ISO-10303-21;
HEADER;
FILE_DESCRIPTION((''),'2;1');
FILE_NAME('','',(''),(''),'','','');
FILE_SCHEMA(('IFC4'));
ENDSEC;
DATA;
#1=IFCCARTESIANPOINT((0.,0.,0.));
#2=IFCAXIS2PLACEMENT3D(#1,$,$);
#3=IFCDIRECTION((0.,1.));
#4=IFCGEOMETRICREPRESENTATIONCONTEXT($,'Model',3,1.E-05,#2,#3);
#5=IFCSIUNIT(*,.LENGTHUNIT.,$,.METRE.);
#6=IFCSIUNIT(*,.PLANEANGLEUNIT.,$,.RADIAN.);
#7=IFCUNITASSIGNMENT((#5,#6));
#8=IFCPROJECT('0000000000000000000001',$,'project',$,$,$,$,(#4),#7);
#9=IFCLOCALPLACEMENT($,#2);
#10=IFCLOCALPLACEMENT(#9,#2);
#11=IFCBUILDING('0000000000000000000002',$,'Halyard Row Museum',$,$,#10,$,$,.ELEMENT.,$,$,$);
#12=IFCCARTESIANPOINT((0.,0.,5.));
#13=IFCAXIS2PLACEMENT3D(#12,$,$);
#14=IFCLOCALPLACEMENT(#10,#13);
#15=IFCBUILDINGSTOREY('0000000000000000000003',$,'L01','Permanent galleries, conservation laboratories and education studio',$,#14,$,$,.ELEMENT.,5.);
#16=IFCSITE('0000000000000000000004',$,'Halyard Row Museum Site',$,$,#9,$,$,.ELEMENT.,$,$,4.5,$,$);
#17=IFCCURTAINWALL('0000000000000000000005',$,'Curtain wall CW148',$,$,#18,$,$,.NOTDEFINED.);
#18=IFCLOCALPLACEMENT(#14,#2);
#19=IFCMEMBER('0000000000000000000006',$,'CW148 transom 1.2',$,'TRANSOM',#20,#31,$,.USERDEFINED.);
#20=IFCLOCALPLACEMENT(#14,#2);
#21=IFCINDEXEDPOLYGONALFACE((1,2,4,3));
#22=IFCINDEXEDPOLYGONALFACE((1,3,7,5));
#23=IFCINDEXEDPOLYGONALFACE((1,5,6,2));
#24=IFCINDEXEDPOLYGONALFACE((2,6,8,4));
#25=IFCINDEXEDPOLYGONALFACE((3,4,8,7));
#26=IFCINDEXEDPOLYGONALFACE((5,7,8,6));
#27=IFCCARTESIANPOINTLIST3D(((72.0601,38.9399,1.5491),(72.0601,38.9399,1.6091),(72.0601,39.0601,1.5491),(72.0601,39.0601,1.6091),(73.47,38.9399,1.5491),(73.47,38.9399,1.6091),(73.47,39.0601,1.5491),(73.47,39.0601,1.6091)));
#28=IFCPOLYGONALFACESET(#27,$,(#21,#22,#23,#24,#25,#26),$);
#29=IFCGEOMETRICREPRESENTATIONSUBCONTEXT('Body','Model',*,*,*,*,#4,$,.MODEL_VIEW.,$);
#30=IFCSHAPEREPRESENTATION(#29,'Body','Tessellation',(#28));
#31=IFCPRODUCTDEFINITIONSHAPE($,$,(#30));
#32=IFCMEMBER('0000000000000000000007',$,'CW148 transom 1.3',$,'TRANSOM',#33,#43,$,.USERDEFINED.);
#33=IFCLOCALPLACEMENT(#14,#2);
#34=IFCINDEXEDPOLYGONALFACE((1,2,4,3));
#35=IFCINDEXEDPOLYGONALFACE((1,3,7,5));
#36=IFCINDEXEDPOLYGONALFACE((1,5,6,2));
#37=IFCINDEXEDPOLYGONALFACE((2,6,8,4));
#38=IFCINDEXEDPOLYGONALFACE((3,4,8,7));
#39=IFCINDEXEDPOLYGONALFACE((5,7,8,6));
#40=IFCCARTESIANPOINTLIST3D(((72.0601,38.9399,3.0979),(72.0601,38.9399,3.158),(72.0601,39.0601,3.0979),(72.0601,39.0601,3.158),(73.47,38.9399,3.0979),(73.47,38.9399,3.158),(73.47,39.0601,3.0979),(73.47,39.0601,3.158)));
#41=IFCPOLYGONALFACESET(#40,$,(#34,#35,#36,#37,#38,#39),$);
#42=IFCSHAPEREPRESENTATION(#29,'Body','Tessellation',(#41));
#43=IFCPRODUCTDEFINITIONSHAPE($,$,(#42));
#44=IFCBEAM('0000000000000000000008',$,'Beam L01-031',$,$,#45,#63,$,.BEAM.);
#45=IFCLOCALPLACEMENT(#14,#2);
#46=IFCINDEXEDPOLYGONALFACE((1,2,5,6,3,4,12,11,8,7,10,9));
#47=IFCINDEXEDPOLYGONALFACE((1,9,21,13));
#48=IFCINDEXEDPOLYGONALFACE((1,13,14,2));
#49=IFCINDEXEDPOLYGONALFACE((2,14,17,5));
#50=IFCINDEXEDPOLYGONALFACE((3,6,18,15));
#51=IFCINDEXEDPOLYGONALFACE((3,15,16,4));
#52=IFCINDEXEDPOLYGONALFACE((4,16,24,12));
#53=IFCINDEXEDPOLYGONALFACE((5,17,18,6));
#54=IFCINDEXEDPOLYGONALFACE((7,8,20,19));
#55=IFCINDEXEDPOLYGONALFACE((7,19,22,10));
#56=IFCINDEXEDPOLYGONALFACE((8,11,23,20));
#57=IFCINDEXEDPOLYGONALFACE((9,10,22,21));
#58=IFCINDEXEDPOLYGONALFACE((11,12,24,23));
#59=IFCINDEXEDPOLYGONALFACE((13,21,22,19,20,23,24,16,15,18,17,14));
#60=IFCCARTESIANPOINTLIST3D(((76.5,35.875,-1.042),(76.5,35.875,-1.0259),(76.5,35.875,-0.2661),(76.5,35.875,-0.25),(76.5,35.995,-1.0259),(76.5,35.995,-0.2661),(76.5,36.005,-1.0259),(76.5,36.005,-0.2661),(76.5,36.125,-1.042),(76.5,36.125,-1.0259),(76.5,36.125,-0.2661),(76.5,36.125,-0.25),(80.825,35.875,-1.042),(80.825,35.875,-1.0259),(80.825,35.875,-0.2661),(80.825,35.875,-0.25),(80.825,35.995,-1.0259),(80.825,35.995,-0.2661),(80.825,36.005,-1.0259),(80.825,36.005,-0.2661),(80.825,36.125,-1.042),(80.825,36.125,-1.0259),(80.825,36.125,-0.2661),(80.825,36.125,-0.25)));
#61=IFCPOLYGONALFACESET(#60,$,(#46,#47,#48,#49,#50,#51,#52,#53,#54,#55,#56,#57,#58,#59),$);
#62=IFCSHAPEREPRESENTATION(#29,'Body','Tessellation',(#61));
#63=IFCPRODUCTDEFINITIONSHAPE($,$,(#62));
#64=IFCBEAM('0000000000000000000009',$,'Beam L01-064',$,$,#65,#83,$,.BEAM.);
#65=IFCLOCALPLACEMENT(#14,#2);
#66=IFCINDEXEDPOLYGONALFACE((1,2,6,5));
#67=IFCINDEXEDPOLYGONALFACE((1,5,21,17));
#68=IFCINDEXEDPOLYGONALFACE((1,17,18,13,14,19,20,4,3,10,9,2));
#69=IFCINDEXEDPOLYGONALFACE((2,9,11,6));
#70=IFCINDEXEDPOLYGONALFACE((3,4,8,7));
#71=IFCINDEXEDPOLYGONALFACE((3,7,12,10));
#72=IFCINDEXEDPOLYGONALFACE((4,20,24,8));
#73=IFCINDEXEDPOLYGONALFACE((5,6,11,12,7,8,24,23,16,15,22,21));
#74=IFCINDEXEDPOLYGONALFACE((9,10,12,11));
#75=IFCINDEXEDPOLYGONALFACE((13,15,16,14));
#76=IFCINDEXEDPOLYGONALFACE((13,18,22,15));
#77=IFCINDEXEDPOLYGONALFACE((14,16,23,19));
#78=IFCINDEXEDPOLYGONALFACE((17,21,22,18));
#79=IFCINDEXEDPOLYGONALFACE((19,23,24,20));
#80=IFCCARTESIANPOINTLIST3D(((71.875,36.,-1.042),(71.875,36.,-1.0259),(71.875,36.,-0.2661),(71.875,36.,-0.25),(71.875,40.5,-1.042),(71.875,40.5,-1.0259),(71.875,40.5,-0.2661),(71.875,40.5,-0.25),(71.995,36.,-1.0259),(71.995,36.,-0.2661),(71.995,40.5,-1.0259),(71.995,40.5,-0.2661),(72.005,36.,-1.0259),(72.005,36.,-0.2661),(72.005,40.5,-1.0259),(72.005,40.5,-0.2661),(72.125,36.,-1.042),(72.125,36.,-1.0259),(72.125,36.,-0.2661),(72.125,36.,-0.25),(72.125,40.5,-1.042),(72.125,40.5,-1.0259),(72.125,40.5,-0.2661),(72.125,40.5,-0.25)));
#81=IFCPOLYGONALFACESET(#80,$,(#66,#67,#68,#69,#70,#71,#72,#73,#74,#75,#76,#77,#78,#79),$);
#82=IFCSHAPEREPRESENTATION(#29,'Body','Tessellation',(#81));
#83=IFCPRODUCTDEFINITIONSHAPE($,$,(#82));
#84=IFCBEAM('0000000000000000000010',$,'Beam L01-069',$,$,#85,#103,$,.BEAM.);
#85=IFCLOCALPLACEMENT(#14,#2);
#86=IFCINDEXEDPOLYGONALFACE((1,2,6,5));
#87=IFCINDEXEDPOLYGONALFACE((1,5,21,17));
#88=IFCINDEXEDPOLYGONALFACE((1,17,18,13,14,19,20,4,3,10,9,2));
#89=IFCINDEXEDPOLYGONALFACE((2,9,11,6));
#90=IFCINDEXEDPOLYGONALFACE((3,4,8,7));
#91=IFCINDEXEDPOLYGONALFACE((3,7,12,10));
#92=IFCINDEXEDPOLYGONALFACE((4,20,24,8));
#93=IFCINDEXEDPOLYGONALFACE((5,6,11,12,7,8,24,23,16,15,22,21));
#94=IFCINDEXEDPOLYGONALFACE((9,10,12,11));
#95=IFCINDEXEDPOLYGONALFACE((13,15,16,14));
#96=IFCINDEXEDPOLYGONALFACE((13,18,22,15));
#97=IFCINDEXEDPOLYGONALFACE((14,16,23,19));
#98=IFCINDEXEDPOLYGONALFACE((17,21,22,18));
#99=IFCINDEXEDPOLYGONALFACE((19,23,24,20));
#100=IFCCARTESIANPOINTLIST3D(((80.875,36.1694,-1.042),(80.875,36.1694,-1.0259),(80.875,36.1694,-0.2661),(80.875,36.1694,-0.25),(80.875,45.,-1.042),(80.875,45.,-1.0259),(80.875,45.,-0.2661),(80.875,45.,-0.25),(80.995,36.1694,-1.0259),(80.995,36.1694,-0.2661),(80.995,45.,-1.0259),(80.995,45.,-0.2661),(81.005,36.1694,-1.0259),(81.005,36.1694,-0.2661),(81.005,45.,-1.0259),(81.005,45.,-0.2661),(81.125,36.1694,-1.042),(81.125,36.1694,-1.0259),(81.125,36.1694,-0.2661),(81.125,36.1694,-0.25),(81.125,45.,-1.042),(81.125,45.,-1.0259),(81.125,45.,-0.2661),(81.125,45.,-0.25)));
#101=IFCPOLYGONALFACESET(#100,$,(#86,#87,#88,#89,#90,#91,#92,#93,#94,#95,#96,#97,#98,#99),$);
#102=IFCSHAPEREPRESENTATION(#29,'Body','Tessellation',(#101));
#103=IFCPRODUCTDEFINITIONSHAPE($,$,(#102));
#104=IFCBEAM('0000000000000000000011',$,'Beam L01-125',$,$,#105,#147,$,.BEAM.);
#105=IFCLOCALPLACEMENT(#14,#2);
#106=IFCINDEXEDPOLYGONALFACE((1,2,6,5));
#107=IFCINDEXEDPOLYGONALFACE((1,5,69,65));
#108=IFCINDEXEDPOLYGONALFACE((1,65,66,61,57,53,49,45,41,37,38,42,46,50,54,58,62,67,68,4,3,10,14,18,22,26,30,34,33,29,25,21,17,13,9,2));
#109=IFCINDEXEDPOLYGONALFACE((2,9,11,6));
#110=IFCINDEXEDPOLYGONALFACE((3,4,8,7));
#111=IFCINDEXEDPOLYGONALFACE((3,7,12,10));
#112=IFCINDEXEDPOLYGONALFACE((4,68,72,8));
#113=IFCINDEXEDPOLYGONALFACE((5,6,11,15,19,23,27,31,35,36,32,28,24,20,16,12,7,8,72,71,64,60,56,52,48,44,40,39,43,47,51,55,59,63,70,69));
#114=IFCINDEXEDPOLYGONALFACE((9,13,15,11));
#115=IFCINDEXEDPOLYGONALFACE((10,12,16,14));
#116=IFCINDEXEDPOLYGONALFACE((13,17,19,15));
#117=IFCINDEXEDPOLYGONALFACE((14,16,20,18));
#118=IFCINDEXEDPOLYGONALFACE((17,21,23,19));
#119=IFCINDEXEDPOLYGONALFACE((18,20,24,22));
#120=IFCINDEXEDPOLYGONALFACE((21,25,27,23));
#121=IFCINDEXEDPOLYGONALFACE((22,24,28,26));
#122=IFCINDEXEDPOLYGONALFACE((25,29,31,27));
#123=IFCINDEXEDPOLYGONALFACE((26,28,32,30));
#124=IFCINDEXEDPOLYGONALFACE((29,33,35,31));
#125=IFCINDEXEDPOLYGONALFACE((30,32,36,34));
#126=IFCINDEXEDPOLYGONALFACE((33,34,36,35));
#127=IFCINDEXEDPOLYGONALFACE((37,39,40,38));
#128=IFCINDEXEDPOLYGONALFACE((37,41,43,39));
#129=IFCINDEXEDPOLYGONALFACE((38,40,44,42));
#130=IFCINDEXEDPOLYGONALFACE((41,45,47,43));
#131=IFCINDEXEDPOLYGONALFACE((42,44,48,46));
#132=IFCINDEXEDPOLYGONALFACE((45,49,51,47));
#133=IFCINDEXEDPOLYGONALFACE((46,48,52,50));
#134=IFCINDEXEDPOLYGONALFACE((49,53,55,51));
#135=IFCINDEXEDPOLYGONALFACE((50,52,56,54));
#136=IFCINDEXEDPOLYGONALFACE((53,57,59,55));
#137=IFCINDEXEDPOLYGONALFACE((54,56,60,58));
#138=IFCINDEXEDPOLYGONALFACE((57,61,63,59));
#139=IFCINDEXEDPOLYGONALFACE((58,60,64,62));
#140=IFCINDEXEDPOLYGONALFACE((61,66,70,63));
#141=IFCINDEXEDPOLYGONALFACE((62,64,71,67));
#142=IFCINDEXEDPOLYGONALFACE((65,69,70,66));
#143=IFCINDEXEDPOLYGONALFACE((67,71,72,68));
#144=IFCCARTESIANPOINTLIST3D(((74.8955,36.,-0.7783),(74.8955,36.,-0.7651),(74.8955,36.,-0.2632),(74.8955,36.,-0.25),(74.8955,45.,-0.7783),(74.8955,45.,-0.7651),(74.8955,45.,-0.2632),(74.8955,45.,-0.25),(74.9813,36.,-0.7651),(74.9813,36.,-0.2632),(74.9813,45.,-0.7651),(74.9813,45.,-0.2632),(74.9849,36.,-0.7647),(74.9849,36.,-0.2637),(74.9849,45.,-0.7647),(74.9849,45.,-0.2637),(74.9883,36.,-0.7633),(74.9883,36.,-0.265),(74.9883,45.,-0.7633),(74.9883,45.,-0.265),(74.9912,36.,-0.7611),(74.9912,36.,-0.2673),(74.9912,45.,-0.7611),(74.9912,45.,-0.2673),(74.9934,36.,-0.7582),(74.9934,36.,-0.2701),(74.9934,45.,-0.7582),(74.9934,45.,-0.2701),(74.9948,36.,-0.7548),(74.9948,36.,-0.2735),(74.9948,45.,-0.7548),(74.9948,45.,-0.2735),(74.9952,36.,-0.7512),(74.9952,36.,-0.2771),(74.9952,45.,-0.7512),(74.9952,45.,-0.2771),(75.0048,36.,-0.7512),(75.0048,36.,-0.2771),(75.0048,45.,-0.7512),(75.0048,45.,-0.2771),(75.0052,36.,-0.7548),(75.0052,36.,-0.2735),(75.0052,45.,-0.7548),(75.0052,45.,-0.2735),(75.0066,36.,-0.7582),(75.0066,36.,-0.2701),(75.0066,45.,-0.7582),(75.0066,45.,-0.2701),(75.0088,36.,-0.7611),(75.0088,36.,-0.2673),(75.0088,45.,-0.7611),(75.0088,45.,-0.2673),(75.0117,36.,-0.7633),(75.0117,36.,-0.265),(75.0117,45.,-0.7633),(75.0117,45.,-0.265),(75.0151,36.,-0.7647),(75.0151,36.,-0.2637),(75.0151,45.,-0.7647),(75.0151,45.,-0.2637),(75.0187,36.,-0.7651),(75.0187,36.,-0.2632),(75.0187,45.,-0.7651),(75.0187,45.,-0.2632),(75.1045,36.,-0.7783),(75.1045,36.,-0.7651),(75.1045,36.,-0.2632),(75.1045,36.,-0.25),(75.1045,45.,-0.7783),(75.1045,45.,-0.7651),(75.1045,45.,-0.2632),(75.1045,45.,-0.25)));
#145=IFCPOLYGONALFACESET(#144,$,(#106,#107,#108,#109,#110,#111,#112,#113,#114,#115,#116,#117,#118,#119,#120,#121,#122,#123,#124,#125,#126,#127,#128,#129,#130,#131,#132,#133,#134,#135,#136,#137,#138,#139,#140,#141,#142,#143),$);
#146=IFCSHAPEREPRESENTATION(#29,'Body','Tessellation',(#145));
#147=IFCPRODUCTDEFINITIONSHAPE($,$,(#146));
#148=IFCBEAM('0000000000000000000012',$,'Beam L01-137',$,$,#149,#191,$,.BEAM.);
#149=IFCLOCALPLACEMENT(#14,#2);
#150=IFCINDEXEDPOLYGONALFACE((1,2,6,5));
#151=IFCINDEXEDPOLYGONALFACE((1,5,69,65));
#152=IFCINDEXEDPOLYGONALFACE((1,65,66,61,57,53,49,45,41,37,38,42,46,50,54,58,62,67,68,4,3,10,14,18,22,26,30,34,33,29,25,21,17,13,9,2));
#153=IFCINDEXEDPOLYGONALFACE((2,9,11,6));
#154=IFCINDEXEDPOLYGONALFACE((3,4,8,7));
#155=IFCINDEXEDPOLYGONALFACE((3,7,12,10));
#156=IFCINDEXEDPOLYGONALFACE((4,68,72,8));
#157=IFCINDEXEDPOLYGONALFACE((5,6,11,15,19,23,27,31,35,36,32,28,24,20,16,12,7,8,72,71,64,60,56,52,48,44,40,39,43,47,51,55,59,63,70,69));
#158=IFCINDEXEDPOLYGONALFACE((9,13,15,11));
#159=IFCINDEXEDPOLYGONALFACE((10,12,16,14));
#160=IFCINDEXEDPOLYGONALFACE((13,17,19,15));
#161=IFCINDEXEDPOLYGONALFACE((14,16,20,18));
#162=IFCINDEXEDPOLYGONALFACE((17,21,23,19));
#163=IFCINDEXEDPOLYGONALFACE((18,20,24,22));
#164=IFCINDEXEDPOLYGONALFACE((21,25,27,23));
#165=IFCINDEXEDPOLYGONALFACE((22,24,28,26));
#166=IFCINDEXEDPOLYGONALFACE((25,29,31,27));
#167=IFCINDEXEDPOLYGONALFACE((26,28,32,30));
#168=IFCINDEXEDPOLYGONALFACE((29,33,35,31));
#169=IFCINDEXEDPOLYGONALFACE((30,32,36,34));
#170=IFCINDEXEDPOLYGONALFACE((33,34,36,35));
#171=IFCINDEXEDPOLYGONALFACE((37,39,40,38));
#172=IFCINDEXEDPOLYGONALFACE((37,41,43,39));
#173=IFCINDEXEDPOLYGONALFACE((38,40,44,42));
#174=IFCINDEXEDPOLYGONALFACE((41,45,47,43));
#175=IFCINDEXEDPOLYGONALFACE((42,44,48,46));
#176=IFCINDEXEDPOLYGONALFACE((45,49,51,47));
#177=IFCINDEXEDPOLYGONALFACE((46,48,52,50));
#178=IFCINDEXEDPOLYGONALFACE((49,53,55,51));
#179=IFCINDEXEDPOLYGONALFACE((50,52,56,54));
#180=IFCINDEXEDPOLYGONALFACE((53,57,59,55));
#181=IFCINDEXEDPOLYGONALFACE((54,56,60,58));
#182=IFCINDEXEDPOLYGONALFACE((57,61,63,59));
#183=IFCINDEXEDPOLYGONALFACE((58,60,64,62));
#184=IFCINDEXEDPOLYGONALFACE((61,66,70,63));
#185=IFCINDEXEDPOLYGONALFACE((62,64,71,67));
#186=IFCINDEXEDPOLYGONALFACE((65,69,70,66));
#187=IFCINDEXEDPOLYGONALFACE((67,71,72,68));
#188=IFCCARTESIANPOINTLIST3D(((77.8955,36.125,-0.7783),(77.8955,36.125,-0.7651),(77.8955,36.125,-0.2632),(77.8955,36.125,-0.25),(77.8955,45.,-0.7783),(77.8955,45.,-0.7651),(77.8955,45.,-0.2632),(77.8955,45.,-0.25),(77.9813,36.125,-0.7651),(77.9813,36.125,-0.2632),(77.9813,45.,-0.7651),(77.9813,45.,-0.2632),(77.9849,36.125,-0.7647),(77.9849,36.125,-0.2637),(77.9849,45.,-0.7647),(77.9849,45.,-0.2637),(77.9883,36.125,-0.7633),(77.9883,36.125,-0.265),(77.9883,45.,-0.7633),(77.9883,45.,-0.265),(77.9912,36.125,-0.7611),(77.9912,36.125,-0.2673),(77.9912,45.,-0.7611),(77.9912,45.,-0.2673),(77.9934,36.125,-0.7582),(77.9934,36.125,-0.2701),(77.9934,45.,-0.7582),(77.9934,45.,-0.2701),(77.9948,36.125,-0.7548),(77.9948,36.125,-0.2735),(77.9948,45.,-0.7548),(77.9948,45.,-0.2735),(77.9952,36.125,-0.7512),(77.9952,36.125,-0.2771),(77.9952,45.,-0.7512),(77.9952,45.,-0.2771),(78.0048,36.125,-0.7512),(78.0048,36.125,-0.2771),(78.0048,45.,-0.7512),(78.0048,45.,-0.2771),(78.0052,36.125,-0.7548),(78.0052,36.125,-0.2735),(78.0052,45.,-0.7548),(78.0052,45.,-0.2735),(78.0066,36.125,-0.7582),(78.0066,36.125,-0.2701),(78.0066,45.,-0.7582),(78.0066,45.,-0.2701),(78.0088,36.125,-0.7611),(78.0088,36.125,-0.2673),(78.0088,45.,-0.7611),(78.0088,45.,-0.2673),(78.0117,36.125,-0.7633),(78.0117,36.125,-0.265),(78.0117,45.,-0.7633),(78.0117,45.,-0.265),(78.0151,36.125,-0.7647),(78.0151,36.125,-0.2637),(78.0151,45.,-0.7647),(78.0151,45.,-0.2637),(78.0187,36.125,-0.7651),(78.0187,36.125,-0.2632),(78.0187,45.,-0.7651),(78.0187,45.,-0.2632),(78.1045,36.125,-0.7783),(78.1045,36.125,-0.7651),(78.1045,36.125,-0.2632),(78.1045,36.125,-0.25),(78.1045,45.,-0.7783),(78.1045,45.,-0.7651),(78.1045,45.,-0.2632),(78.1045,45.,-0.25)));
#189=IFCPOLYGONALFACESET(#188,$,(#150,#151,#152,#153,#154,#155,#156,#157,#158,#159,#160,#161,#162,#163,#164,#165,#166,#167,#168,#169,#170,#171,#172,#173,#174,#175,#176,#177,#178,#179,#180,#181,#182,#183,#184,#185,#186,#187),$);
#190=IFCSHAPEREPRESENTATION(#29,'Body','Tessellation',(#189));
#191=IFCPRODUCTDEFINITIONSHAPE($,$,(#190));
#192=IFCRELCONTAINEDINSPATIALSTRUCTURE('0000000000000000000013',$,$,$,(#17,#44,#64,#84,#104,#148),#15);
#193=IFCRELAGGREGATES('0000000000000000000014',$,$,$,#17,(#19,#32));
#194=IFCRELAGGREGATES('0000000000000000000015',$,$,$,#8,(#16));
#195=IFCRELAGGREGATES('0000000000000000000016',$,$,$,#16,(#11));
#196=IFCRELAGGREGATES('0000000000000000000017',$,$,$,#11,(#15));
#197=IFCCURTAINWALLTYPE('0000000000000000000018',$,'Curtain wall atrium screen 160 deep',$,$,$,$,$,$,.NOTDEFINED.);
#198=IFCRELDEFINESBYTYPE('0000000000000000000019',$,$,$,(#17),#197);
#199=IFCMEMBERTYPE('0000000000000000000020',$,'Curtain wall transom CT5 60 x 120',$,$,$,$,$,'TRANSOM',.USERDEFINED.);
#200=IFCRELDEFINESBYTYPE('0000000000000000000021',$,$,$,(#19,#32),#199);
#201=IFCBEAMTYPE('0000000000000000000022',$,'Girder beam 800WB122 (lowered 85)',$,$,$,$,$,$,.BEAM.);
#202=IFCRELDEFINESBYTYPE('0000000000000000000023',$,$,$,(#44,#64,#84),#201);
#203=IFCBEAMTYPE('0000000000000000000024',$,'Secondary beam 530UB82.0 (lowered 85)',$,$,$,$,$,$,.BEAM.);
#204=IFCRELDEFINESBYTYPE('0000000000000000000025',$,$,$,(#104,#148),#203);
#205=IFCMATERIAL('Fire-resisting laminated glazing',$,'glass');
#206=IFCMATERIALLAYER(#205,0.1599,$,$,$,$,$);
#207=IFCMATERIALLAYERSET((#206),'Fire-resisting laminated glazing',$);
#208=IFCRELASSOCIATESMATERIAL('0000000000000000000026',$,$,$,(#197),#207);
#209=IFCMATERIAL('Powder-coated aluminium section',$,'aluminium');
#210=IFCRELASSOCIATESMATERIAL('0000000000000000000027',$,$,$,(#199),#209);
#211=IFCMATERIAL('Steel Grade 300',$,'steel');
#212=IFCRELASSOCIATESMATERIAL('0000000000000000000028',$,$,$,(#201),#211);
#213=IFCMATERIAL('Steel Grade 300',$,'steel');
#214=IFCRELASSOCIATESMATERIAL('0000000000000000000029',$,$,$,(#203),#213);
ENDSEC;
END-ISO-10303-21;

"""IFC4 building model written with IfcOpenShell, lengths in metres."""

from ifc_helpers import new_model, si_unit, direction, frame, origin, origin_2d, place, context, subcontext, project, spatial, rectangle, i_section, extrude, material, layer, layer_set, material_profile, profile_set, type_object, element, aggregate, save


model = new_model("IFC4")

# Units and contexts
model_context = context("Model", 3, precision=1e-05, world=origin(), true_north=direction((0.0, 1.0)))
body_context = subcontext(model_context, "Body", "Model", "MODEL_VIEW")
ifc_project = project(units=[si_unit("LENGTHUNIT", "METRE"), si_unit("PLANEANGLEUNIT", "RADIAN")], contexts=[model_context])

# Site, building, storey
site_placement = place(None, origin())
site = spatial("IfcSite", under=ifc_project, at=site_placement, Name="Halyard Row Museum Site", CompositionType="ELEMENT", RefElevation=4.5)
building_placement = place(site_placement, origin())
building = spatial("IfcBuilding", under=site, at=building_placement, Name="Halyard Row Museum", CompositionType="ELEMENT")
storey_placement = place(building_placement, frame((0.0, 0.0, 5.0)))
storey = spatial("IfcBuildingStorey", under=building, at=storey_placement, Name="L01", Description="Permanent galleries, conservation laboratories and education studio", CompositionType="ELEMENT", Elevation=5.0)

# Shared definitions
ifc_material_1 = material(Name="Fire-resisting laminated glazing", Category="glass")
ifc_layer_1 = layer(ifc_material_1, 0.1599)
ifc_layer_set_1 = layer_set([ifc_layer_1], Name="Fire-resisting laminated glazing")
curtain_wall_type = type_object("IfcCurtainWallType", Name="Curtain wall atrium screen 160 deep", PredefinedType="NOTDEFINED", material=ifc_layer_set_1)

# Curtain wall
curtain_wall_1_placement = place(storey_placement, origin())
curtain_wall_1 = element("IfcCurtainWall", 1, at=curtain_wall_1_placement, inside=storey, type_object=curtain_wall_type, Name="Curtain wall CW148", PredefinedType="NOTDEFINED")

# Members
ifc_material_2 = material(Name="Powder-coated aluminium section", Category="aluminium")
ifc_material_profile_1 = material_profile(ifc_material_2, rectangle(XDim=0.1201, YDim=0.0601, at=origin_2d()), Name="120x60 transom")
ifc_profile_set_1 = profile_set([ifc_material_profile_1], Name="Powder-coated aluminium section")
member_type_1 = type_object("IfcMemberType", Name="Curtain wall transom CT5 60 x 120", ElementType="TRANSOM", PredefinedType="USERDEFINED", material=ifc_profile_set_1)
member_1_placement = place(storey_placement, frame((72.0601, 39.0, 1.5791), z_axis=(1.0, 0.0, 0.0), x_axis=(0.0, 1.0, 0.0)))
member_1 = element("IfcMember", 2, at=member_1_placement, type_object=member_type_1, Name="CW148 transom 1.2", ObjectType="TRANSOM", PredefinedType="USERDEFINED", context=body_context, shape_type="SweptSolid", body=[
    extrude(rectangle(XDim=0.1201, YDim=0.0601, at=origin_2d()), origin(), (0.0, 0.0, 1.0), 1.4099),
])
member_2_placement = place(storey_placement, frame((72.0601, 39.0, 3.1279), z_axis=(1.0, 0.0, 0.0), x_axis=(0.0, 1.0, 0.0)))
member_2 = element("IfcMember", 3, at=member_2_placement, type_object=member_type_1, Name="CW148 transom 1.3", ObjectType="TRANSOM", PredefinedType="USERDEFINED", context=body_context, shape_type="SweptSolid", body=[
    extrude(rectangle(XDim=0.1201, YDim=0.0601, at=origin_2d()), origin(), (0.0, 0.0, 1.0), 1.4099),
])

# Beams
ifc_material_3 = material(Name="Steel Grade 300", Category="steel")
ifc_material_profile_2 = material_profile(ifc_material_3, i_section(OverallWidth=0.25, OverallDepth=0.792, WebThickness=0.01, FlangeThickness=0.0161, at=origin_2d()), Name="800WB122")
ifc_profile_set_2 = profile_set([ifc_material_profile_2], Name="Steel Grade 300")
beam_type_1 = type_object("IfcBeamType", Name="Girder beam 800WB122 (lowered 85)", PredefinedType="BEAM", material=ifc_profile_set_2)
beam_1_placement = place(storey_placement, frame((76.5, 36.0, -0.646), z_axis=(1.0, 0.0, 0.0), x_axis=(0.0, 1.0, 0.0)))
element("IfcBeam", 4, at=beam_1_placement, inside=storey, type_object=beam_type_1, Name="Beam L01-031", PredefinedType="BEAM", context=body_context, shape_type="SweptSolid", body=[
    extrude(i_section(OverallWidth=0.25, OverallDepth=0.792, WebThickness=0.01, FlangeThickness=0.0161, at=origin_2d()), origin(), (0.0, 0.0, 1.0), 4.325),
])
beam_2_placement = place(storey_placement, frame((72.0, 36.0, -0.646), z_axis=(0.0, 1.0, 0.0), x_axis=(-1.0, 0.0, 0.0)))
element("IfcBeam", 5, at=beam_2_placement, inside=storey, type_object=beam_type_1, Name="Beam L01-064", PredefinedType="BEAM", context=body_context, shape_type="SweptSolid", body=[
    extrude(i_section(OverallWidth=0.25, OverallDepth=0.792, WebThickness=0.01, FlangeThickness=0.0161, at=origin_2d()), origin(), (0.0, 0.0, 1.0), 4.5),
])
beam_3_placement = place(storey_placement, frame((81.0, 36.1694, -0.646), z_axis=(0.0, 1.0, 0.0), x_axis=(-1.0, 0.0, 0.0)))
element("IfcBeam", 6, at=beam_3_placement, inside=storey, type_object=beam_type_1, Name="Beam L01-069", PredefinedType="BEAM", context=body_context, shape_type="SweptSolid", body=[
    extrude(i_section(OverallWidth=0.25, OverallDepth=0.792, WebThickness=0.01, FlangeThickness=0.0161, at=origin_2d()), origin(), (0.0, 0.0, 1.0), 8.8306),
])
ifc_material_4 = material(Name="Steel Grade 300", Category="steel")
ifc_material_profile_3 = material_profile(ifc_material_4, i_section(OverallWidth=0.209, OverallDepth=0.5283, WebThickness=0.0095, FlangeThickness=0.0132, FilletRadius=0.0139, at=origin_2d()), Name="530UB82.0")
ifc_profile_set_3 = profile_set([ifc_material_profile_3], Name="Steel Grade 300")
beam_type_2 = type_object("IfcBeamType", Name="Secondary beam 530UB82.0 (lowered 85)", PredefinedType="BEAM", material=ifc_profile_set_3)
beam_4_placement = place(storey_placement, frame((75.0, 36.0, -0.5142), z_axis=(0.0, 1.0, 0.0), x_axis=(-1.0, 0.0, 0.0)))
element("IfcBeam", 7, at=beam_4_placement, inside=storey, type_object=beam_type_2, Name="Beam L01-125", PredefinedType="BEAM", context=body_context, shape_type="SweptSolid", body=[
    extrude(i_section(OverallWidth=0.209, OverallDepth=0.5283, WebThickness=0.0095, FlangeThickness=0.0132, FilletRadius=0.0139, at=origin_2d()), origin(), (0.0, 0.0, 1.0), 9.0),
])
beam_5_placement = place(storey_placement, frame((78.0, 36.125, -0.5142), z_axis=(0.0, 1.0, 0.0), x_axis=(-1.0, 0.0, 0.0)))
element("IfcBeam", 8, at=beam_5_placement, inside=storey, type_object=beam_type_2, Name="Beam L01-137", PredefinedType="BEAM", context=body_context, shape_type="SweptSolid", body=[
    extrude(i_section(OverallWidth=0.209, OverallDepth=0.5283, WebThickness=0.0095, FlangeThickness=0.0132, FilletRadius=0.0139, at=origin_2d()), origin(), (0.0, 0.0, 1.0), 8.875),
])

aggregate(curtain_wall_1, [member_1, member_2])

save(model, "model.ifc")
